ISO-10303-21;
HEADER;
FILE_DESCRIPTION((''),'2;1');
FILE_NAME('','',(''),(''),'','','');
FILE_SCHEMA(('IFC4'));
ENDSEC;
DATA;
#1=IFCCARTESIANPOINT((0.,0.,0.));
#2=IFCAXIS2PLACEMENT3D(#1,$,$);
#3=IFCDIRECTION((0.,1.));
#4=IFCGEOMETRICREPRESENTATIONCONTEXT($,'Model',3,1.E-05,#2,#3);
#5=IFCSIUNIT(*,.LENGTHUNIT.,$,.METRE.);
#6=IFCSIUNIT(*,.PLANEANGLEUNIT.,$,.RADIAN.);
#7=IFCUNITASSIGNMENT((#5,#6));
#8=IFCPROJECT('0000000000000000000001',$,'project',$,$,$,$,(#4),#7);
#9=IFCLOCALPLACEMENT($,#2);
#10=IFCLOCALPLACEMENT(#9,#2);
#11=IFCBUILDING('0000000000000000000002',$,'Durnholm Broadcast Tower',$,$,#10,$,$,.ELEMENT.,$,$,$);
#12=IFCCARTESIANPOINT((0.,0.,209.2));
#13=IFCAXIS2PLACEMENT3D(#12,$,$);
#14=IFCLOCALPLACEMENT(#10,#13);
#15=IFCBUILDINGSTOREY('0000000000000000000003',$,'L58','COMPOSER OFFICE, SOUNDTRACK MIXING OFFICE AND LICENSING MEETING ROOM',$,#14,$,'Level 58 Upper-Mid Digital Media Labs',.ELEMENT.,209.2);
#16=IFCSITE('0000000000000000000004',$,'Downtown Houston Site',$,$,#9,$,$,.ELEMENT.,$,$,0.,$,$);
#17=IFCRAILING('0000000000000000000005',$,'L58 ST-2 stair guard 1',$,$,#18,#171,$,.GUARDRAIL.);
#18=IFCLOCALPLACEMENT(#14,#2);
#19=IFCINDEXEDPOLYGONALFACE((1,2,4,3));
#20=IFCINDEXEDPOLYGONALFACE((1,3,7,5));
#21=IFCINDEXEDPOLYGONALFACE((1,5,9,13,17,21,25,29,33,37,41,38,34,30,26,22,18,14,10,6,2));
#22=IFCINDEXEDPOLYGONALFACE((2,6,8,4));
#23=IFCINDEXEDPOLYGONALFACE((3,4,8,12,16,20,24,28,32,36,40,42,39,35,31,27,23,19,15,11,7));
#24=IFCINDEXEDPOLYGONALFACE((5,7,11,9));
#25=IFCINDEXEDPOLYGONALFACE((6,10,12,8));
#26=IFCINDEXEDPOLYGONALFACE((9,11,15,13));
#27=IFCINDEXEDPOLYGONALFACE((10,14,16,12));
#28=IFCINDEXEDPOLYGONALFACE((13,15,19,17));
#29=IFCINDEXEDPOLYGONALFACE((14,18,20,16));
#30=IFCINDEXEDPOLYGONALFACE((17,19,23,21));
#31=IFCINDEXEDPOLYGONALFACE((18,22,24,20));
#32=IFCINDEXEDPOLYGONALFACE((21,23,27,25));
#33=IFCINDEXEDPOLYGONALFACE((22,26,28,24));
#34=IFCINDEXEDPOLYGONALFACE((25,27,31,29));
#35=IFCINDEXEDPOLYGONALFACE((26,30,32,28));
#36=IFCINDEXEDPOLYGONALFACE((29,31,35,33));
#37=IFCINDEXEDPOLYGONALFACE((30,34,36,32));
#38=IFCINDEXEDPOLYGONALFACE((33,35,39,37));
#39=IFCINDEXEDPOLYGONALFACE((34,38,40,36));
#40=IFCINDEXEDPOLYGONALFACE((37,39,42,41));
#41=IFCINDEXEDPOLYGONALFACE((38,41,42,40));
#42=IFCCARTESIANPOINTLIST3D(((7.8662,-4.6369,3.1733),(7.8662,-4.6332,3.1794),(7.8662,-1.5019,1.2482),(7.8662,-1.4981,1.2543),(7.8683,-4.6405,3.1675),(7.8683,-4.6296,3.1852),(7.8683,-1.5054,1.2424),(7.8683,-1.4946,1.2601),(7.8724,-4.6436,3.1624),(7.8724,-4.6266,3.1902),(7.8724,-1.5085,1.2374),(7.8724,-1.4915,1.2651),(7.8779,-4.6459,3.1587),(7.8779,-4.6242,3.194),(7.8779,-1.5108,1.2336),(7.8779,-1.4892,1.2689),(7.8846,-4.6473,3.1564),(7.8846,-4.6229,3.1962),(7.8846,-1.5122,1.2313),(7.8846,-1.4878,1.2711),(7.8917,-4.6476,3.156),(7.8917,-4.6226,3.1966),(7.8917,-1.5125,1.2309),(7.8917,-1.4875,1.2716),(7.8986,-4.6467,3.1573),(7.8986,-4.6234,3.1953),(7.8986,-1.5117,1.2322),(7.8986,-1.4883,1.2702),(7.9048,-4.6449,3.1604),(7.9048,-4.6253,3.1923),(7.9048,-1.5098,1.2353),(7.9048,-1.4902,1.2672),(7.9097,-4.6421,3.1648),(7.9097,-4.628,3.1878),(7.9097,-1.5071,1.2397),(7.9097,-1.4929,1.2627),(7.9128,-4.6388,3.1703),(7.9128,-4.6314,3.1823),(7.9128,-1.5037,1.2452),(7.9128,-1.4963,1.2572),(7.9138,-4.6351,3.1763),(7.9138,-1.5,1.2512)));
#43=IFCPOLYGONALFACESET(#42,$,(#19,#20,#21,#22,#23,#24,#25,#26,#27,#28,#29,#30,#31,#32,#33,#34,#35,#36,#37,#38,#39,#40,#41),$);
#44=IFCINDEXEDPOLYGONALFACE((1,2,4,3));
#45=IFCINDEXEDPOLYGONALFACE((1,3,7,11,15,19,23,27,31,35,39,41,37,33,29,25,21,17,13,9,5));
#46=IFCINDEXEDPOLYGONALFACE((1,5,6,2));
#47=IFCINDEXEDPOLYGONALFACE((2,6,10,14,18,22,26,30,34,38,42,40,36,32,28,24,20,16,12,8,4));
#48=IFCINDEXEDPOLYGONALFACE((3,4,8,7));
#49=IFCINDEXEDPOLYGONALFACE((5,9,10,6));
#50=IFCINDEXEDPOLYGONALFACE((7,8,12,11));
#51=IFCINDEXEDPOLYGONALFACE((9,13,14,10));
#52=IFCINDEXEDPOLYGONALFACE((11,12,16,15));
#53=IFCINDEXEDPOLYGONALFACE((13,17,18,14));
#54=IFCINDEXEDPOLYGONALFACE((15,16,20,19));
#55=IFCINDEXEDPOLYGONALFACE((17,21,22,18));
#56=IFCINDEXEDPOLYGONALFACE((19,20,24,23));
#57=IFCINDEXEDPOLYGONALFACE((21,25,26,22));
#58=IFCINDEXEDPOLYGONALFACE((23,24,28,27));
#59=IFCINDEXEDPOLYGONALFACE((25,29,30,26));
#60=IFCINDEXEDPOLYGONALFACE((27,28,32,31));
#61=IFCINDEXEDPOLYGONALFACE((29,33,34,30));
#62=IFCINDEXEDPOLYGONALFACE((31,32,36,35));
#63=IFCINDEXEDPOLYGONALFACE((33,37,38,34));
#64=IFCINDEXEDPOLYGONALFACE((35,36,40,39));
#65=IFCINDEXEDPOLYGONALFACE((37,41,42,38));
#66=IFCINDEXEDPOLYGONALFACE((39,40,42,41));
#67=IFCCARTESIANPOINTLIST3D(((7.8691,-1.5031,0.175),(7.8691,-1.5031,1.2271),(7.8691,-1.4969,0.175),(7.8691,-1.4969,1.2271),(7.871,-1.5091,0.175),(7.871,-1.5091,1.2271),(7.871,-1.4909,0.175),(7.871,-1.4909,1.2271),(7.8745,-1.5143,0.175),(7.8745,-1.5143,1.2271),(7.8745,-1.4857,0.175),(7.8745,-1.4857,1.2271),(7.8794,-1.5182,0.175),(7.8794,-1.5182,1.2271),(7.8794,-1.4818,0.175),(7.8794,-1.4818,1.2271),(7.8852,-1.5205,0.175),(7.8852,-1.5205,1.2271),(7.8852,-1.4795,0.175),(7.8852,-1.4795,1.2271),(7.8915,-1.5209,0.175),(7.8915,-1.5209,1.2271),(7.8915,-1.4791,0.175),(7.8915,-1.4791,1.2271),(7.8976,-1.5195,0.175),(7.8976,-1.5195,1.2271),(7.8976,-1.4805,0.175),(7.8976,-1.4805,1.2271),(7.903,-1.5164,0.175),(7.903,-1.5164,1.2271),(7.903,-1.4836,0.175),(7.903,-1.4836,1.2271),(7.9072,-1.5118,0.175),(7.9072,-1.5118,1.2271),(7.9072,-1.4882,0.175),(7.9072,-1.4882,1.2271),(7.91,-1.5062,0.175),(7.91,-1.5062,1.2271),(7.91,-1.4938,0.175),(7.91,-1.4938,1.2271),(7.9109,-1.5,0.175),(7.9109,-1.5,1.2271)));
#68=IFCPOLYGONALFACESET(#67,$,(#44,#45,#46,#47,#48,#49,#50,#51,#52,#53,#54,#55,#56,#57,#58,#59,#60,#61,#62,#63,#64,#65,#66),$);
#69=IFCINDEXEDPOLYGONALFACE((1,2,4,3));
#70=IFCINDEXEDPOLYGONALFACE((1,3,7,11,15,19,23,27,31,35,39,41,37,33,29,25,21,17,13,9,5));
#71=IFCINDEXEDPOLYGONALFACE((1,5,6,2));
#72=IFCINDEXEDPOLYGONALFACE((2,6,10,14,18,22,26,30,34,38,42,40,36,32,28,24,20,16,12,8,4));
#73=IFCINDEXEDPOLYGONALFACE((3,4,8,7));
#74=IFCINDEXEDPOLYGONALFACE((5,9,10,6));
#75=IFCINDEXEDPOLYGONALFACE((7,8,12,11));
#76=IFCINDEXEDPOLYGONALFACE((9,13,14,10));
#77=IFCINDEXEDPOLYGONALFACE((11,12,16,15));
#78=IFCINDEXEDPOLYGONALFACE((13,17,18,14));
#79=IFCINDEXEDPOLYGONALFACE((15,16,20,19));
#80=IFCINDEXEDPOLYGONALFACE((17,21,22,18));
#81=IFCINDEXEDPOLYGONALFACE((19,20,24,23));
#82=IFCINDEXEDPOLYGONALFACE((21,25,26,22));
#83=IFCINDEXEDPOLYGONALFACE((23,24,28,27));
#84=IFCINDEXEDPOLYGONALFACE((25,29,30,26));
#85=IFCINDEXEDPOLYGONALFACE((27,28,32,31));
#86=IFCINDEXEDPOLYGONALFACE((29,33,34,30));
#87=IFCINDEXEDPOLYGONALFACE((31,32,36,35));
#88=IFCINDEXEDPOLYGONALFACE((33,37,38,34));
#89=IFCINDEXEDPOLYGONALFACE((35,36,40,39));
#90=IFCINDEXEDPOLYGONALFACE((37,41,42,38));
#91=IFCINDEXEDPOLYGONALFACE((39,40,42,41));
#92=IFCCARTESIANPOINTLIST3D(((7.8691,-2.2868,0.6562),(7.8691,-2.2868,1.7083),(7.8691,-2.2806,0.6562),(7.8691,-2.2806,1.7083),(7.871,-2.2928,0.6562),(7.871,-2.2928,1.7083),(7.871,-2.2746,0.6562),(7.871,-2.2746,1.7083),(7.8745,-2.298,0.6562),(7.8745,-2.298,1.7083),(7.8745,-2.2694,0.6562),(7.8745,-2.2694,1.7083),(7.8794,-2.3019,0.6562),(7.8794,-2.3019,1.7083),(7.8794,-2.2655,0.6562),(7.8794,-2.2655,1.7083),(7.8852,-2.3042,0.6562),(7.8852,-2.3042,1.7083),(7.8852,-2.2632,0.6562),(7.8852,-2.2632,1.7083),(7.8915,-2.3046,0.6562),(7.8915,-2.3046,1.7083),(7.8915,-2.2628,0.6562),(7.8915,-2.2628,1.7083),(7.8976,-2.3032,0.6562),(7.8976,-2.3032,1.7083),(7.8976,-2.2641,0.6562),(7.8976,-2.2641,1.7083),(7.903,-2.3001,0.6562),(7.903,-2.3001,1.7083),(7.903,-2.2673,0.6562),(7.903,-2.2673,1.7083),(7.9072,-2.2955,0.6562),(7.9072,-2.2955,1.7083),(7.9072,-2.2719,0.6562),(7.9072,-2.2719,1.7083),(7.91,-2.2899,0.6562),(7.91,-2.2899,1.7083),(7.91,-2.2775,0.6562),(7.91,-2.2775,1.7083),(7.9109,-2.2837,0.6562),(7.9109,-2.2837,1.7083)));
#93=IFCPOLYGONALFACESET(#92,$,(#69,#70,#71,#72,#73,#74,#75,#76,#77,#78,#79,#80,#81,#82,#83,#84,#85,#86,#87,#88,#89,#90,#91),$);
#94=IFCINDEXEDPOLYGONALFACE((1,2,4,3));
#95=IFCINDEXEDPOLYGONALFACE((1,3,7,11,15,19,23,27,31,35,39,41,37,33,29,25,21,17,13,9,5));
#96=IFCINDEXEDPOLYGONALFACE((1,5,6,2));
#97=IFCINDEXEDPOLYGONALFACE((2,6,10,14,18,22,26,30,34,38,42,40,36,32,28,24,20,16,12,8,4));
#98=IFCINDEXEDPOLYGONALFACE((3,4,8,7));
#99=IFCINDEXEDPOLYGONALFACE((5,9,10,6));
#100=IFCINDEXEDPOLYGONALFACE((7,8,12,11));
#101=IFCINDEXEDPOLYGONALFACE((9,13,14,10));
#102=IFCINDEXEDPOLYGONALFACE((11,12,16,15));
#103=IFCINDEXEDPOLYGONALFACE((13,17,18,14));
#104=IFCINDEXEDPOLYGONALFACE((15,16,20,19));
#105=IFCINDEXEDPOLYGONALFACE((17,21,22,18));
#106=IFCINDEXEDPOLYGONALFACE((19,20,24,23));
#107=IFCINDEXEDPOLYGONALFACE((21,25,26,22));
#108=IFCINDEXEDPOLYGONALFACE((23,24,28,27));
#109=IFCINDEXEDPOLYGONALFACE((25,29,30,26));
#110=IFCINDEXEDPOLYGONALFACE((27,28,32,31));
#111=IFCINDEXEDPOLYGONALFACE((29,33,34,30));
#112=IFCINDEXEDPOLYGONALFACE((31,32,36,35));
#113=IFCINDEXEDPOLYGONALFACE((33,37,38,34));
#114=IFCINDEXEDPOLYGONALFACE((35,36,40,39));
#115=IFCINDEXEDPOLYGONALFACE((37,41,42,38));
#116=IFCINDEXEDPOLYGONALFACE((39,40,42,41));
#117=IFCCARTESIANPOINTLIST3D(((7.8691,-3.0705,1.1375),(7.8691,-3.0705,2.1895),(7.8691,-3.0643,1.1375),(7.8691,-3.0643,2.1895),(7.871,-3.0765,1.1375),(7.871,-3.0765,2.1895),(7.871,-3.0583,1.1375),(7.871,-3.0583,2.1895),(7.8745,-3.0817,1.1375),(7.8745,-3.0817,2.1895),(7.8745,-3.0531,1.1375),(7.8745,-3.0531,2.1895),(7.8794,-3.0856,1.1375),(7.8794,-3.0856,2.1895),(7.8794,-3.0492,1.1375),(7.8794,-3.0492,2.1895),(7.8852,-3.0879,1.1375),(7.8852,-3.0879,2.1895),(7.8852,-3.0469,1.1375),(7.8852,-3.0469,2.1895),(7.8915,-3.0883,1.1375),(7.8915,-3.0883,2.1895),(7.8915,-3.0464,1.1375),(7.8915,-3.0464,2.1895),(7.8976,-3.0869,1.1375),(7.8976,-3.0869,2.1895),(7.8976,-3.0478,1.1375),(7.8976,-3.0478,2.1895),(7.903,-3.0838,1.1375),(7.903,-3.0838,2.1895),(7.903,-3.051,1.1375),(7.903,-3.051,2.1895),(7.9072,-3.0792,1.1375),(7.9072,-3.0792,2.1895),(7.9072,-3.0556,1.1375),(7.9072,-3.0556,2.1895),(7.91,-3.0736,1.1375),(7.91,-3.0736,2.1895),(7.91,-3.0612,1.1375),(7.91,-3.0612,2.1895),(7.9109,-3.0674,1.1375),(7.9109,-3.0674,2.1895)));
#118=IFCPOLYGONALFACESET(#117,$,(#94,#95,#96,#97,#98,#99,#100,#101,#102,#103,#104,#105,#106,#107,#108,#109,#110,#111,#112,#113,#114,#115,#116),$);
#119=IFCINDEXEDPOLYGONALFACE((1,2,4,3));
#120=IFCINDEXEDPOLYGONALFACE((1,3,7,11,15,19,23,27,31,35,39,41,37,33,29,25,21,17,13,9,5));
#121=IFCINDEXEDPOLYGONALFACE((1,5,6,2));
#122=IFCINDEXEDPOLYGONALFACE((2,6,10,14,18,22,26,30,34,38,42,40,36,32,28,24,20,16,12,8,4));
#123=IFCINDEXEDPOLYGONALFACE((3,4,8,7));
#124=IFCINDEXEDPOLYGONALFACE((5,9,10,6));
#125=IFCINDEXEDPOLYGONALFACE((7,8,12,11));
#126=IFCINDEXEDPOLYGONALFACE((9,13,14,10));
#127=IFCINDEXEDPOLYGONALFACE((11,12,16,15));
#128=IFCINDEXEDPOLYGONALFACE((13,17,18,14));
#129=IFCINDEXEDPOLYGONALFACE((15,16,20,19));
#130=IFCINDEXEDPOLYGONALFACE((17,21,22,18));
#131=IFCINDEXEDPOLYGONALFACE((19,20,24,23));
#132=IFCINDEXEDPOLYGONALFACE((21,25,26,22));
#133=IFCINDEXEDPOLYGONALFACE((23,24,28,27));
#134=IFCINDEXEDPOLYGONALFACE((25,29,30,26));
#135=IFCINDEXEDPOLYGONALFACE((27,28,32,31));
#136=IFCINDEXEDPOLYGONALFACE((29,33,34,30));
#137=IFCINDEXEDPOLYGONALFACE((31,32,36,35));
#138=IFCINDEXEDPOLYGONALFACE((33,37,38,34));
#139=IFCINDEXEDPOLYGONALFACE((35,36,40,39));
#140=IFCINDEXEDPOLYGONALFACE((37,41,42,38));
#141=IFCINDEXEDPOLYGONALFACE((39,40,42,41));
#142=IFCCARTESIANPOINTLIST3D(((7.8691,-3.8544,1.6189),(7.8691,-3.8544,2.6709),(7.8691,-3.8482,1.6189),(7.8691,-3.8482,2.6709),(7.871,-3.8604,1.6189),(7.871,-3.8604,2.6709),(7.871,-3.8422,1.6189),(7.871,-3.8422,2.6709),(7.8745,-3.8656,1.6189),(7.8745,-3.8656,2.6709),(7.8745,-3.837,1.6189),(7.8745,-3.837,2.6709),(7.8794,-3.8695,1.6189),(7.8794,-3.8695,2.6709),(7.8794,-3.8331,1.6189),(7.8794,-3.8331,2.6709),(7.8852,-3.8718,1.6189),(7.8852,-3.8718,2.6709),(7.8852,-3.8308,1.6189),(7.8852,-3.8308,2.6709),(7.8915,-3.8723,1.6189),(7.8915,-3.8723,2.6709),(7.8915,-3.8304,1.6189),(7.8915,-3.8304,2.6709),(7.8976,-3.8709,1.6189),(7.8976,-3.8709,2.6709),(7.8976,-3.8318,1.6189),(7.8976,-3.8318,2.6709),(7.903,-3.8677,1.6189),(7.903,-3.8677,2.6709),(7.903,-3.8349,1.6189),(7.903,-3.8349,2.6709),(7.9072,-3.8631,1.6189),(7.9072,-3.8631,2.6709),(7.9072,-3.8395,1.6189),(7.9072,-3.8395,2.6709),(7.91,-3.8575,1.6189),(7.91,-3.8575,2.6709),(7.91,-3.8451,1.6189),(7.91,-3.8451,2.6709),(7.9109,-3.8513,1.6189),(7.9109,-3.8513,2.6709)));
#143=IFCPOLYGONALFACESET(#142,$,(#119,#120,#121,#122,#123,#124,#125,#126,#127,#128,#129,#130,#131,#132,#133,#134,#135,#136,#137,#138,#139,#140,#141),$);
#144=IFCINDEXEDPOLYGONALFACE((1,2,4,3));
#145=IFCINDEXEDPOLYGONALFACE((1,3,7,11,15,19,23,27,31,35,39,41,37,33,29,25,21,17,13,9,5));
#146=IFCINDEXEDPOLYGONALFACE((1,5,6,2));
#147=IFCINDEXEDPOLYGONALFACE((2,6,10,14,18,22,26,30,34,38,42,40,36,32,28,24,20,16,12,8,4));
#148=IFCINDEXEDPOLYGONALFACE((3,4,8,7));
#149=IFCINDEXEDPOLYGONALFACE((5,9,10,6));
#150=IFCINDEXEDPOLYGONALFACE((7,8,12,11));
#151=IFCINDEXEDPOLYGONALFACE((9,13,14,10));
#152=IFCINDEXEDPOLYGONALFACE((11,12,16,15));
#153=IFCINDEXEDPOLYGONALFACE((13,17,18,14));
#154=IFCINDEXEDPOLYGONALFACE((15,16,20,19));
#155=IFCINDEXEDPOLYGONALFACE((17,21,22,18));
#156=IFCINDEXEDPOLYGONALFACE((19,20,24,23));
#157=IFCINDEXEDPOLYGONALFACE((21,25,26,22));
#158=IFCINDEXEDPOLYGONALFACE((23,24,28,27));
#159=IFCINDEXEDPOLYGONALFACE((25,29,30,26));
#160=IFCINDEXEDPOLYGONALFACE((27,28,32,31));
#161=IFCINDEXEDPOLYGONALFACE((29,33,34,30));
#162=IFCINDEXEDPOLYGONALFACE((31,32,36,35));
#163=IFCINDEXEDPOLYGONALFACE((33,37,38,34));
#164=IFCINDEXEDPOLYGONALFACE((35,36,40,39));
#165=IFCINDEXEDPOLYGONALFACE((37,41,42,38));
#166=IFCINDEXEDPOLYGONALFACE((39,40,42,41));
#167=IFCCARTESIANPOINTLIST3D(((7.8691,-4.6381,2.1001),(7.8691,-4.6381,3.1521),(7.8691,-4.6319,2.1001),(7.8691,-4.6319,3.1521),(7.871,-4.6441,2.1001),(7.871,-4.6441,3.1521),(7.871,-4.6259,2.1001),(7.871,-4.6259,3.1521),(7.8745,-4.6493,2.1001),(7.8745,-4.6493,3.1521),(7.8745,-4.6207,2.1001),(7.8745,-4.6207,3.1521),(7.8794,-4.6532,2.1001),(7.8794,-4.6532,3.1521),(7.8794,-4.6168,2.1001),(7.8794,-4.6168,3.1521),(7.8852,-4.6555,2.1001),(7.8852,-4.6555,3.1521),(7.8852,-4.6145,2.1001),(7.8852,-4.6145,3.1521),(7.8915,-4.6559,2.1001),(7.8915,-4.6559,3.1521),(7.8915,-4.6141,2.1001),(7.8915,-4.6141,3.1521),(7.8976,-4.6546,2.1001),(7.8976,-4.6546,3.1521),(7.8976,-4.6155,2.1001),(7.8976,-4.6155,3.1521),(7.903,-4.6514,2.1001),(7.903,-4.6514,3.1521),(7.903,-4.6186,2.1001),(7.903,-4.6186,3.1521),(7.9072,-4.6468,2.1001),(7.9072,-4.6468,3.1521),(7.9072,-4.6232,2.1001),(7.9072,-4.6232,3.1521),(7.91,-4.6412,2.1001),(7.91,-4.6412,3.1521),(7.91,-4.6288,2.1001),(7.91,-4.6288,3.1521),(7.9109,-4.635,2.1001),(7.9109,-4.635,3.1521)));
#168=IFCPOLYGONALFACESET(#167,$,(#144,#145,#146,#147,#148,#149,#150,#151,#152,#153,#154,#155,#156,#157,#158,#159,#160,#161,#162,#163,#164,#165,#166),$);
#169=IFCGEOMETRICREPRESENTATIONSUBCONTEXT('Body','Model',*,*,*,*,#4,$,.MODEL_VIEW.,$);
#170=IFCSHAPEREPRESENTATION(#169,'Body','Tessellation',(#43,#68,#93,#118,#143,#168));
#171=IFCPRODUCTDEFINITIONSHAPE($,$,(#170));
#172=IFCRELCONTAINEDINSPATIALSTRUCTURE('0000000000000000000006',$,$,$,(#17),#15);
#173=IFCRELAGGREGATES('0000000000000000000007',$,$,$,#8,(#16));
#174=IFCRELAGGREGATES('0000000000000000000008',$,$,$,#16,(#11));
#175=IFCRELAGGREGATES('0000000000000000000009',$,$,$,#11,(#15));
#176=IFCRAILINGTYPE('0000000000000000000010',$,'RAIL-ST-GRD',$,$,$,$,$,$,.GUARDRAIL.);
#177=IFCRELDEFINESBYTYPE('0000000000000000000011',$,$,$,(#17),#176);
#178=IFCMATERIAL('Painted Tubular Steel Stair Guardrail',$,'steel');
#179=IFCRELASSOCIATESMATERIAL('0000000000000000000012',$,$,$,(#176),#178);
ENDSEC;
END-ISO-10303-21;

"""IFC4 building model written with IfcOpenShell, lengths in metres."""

from ifc_helpers import new_model, si_unit, direction, frame, origin, origin_2d, place, context, subcontext, project, spatial, circle, extrude, material, type_object, element, save


model = new_model("IFC4")

# Units and contexts
model_context = context("Model", 3, precision=1e-05, world=origin(), true_north=direction((0.0, 1.0)))
body_context = subcontext(model_context, "Body", "Model", "MODEL_VIEW")
ifc_project = project(units=[si_unit("LENGTHUNIT", "METRE"), si_unit("PLANEANGLEUNIT", "RADIAN")], contexts=[model_context])

# Site, building, storey
site_placement = place(None, origin())
site = spatial("IfcSite", under=ifc_project, at=site_placement, Name="Downtown Houston Site", CompositionType="ELEMENT", RefElevation=0.0)
building_placement = place(site_placement, origin())
building = spatial("IfcBuilding", under=site, at=building_placement, Name="Durnholm Broadcast Tower", CompositionType="ELEMENT")
storey_placement = place(building_placement, frame((0.0, 0.0, 209.2)))
storey = spatial("IfcBuildingStorey", under=building, at=storey_placement, Name="L58", Description="COMPOSER OFFICE, SOUNDTRACK MIXING OFFICE AND LICENSING MEETING ROOM", LongName="Level 58 Upper-Mid Digital Media Labs", CompositionType="ELEMENT", Elevation=209.2)

# Railing
ifc_material_1 = material(Name="Painted Tubular Steel Stair Guardrail", Category="steel")
railing_type_1 = type_object("IfcRailingType", Name="RAIL-ST-GRD", PredefinedType="GUARDRAIL", material=ifc_material_1)
railing_1_placement = place(storey_placement, frame((7.8899, -1.5, 0.175)))
element("IfcRailing", 1, at=railing_1_placement, inside=storey, type_object=railing_type_1, Name="L58 ST-2 stair guard 1", PredefinedType="GUARDRAIL", context=body_context, shape_type="SweptSolid", body=[
    extrude(circle(Radius=0.0239, at=origin_2d()), frame((0.0, 0.0, 1.0762), z_axis=(0.0, -0.852166, 0.523271), x_axis=(1.0, 0.0, 0.0)), (0.0, 0.0, 1.0), 3.679),
    extrude(circle(Radius=0.021, at=origin_2d()), origin(), (0.0, 0.0, 1.0), 1.052),
    extrude(circle(Radius=0.021, at=origin_2d()), frame((0.0, -0.7837, 0.4812)), (0.0, 0.0, 1.0), 1.052),
    extrude(circle(Radius=0.021, at=origin_2d()), frame((0.0, -1.5674, 0.9624)), (0.0, 0.0, 1.0), 1.052),
    extrude(circle(Radius=0.021, at=origin_2d()), frame((0.0, -2.3513, 1.4438)), (0.0, 0.0, 1.0), 1.052),
    extrude(circle(Radius=0.021, at=origin_2d()), frame((0.0, -3.135, 1.925)), (0.0, 0.0, 1.0), 1.052),
])

save(model, "model.ifc")
